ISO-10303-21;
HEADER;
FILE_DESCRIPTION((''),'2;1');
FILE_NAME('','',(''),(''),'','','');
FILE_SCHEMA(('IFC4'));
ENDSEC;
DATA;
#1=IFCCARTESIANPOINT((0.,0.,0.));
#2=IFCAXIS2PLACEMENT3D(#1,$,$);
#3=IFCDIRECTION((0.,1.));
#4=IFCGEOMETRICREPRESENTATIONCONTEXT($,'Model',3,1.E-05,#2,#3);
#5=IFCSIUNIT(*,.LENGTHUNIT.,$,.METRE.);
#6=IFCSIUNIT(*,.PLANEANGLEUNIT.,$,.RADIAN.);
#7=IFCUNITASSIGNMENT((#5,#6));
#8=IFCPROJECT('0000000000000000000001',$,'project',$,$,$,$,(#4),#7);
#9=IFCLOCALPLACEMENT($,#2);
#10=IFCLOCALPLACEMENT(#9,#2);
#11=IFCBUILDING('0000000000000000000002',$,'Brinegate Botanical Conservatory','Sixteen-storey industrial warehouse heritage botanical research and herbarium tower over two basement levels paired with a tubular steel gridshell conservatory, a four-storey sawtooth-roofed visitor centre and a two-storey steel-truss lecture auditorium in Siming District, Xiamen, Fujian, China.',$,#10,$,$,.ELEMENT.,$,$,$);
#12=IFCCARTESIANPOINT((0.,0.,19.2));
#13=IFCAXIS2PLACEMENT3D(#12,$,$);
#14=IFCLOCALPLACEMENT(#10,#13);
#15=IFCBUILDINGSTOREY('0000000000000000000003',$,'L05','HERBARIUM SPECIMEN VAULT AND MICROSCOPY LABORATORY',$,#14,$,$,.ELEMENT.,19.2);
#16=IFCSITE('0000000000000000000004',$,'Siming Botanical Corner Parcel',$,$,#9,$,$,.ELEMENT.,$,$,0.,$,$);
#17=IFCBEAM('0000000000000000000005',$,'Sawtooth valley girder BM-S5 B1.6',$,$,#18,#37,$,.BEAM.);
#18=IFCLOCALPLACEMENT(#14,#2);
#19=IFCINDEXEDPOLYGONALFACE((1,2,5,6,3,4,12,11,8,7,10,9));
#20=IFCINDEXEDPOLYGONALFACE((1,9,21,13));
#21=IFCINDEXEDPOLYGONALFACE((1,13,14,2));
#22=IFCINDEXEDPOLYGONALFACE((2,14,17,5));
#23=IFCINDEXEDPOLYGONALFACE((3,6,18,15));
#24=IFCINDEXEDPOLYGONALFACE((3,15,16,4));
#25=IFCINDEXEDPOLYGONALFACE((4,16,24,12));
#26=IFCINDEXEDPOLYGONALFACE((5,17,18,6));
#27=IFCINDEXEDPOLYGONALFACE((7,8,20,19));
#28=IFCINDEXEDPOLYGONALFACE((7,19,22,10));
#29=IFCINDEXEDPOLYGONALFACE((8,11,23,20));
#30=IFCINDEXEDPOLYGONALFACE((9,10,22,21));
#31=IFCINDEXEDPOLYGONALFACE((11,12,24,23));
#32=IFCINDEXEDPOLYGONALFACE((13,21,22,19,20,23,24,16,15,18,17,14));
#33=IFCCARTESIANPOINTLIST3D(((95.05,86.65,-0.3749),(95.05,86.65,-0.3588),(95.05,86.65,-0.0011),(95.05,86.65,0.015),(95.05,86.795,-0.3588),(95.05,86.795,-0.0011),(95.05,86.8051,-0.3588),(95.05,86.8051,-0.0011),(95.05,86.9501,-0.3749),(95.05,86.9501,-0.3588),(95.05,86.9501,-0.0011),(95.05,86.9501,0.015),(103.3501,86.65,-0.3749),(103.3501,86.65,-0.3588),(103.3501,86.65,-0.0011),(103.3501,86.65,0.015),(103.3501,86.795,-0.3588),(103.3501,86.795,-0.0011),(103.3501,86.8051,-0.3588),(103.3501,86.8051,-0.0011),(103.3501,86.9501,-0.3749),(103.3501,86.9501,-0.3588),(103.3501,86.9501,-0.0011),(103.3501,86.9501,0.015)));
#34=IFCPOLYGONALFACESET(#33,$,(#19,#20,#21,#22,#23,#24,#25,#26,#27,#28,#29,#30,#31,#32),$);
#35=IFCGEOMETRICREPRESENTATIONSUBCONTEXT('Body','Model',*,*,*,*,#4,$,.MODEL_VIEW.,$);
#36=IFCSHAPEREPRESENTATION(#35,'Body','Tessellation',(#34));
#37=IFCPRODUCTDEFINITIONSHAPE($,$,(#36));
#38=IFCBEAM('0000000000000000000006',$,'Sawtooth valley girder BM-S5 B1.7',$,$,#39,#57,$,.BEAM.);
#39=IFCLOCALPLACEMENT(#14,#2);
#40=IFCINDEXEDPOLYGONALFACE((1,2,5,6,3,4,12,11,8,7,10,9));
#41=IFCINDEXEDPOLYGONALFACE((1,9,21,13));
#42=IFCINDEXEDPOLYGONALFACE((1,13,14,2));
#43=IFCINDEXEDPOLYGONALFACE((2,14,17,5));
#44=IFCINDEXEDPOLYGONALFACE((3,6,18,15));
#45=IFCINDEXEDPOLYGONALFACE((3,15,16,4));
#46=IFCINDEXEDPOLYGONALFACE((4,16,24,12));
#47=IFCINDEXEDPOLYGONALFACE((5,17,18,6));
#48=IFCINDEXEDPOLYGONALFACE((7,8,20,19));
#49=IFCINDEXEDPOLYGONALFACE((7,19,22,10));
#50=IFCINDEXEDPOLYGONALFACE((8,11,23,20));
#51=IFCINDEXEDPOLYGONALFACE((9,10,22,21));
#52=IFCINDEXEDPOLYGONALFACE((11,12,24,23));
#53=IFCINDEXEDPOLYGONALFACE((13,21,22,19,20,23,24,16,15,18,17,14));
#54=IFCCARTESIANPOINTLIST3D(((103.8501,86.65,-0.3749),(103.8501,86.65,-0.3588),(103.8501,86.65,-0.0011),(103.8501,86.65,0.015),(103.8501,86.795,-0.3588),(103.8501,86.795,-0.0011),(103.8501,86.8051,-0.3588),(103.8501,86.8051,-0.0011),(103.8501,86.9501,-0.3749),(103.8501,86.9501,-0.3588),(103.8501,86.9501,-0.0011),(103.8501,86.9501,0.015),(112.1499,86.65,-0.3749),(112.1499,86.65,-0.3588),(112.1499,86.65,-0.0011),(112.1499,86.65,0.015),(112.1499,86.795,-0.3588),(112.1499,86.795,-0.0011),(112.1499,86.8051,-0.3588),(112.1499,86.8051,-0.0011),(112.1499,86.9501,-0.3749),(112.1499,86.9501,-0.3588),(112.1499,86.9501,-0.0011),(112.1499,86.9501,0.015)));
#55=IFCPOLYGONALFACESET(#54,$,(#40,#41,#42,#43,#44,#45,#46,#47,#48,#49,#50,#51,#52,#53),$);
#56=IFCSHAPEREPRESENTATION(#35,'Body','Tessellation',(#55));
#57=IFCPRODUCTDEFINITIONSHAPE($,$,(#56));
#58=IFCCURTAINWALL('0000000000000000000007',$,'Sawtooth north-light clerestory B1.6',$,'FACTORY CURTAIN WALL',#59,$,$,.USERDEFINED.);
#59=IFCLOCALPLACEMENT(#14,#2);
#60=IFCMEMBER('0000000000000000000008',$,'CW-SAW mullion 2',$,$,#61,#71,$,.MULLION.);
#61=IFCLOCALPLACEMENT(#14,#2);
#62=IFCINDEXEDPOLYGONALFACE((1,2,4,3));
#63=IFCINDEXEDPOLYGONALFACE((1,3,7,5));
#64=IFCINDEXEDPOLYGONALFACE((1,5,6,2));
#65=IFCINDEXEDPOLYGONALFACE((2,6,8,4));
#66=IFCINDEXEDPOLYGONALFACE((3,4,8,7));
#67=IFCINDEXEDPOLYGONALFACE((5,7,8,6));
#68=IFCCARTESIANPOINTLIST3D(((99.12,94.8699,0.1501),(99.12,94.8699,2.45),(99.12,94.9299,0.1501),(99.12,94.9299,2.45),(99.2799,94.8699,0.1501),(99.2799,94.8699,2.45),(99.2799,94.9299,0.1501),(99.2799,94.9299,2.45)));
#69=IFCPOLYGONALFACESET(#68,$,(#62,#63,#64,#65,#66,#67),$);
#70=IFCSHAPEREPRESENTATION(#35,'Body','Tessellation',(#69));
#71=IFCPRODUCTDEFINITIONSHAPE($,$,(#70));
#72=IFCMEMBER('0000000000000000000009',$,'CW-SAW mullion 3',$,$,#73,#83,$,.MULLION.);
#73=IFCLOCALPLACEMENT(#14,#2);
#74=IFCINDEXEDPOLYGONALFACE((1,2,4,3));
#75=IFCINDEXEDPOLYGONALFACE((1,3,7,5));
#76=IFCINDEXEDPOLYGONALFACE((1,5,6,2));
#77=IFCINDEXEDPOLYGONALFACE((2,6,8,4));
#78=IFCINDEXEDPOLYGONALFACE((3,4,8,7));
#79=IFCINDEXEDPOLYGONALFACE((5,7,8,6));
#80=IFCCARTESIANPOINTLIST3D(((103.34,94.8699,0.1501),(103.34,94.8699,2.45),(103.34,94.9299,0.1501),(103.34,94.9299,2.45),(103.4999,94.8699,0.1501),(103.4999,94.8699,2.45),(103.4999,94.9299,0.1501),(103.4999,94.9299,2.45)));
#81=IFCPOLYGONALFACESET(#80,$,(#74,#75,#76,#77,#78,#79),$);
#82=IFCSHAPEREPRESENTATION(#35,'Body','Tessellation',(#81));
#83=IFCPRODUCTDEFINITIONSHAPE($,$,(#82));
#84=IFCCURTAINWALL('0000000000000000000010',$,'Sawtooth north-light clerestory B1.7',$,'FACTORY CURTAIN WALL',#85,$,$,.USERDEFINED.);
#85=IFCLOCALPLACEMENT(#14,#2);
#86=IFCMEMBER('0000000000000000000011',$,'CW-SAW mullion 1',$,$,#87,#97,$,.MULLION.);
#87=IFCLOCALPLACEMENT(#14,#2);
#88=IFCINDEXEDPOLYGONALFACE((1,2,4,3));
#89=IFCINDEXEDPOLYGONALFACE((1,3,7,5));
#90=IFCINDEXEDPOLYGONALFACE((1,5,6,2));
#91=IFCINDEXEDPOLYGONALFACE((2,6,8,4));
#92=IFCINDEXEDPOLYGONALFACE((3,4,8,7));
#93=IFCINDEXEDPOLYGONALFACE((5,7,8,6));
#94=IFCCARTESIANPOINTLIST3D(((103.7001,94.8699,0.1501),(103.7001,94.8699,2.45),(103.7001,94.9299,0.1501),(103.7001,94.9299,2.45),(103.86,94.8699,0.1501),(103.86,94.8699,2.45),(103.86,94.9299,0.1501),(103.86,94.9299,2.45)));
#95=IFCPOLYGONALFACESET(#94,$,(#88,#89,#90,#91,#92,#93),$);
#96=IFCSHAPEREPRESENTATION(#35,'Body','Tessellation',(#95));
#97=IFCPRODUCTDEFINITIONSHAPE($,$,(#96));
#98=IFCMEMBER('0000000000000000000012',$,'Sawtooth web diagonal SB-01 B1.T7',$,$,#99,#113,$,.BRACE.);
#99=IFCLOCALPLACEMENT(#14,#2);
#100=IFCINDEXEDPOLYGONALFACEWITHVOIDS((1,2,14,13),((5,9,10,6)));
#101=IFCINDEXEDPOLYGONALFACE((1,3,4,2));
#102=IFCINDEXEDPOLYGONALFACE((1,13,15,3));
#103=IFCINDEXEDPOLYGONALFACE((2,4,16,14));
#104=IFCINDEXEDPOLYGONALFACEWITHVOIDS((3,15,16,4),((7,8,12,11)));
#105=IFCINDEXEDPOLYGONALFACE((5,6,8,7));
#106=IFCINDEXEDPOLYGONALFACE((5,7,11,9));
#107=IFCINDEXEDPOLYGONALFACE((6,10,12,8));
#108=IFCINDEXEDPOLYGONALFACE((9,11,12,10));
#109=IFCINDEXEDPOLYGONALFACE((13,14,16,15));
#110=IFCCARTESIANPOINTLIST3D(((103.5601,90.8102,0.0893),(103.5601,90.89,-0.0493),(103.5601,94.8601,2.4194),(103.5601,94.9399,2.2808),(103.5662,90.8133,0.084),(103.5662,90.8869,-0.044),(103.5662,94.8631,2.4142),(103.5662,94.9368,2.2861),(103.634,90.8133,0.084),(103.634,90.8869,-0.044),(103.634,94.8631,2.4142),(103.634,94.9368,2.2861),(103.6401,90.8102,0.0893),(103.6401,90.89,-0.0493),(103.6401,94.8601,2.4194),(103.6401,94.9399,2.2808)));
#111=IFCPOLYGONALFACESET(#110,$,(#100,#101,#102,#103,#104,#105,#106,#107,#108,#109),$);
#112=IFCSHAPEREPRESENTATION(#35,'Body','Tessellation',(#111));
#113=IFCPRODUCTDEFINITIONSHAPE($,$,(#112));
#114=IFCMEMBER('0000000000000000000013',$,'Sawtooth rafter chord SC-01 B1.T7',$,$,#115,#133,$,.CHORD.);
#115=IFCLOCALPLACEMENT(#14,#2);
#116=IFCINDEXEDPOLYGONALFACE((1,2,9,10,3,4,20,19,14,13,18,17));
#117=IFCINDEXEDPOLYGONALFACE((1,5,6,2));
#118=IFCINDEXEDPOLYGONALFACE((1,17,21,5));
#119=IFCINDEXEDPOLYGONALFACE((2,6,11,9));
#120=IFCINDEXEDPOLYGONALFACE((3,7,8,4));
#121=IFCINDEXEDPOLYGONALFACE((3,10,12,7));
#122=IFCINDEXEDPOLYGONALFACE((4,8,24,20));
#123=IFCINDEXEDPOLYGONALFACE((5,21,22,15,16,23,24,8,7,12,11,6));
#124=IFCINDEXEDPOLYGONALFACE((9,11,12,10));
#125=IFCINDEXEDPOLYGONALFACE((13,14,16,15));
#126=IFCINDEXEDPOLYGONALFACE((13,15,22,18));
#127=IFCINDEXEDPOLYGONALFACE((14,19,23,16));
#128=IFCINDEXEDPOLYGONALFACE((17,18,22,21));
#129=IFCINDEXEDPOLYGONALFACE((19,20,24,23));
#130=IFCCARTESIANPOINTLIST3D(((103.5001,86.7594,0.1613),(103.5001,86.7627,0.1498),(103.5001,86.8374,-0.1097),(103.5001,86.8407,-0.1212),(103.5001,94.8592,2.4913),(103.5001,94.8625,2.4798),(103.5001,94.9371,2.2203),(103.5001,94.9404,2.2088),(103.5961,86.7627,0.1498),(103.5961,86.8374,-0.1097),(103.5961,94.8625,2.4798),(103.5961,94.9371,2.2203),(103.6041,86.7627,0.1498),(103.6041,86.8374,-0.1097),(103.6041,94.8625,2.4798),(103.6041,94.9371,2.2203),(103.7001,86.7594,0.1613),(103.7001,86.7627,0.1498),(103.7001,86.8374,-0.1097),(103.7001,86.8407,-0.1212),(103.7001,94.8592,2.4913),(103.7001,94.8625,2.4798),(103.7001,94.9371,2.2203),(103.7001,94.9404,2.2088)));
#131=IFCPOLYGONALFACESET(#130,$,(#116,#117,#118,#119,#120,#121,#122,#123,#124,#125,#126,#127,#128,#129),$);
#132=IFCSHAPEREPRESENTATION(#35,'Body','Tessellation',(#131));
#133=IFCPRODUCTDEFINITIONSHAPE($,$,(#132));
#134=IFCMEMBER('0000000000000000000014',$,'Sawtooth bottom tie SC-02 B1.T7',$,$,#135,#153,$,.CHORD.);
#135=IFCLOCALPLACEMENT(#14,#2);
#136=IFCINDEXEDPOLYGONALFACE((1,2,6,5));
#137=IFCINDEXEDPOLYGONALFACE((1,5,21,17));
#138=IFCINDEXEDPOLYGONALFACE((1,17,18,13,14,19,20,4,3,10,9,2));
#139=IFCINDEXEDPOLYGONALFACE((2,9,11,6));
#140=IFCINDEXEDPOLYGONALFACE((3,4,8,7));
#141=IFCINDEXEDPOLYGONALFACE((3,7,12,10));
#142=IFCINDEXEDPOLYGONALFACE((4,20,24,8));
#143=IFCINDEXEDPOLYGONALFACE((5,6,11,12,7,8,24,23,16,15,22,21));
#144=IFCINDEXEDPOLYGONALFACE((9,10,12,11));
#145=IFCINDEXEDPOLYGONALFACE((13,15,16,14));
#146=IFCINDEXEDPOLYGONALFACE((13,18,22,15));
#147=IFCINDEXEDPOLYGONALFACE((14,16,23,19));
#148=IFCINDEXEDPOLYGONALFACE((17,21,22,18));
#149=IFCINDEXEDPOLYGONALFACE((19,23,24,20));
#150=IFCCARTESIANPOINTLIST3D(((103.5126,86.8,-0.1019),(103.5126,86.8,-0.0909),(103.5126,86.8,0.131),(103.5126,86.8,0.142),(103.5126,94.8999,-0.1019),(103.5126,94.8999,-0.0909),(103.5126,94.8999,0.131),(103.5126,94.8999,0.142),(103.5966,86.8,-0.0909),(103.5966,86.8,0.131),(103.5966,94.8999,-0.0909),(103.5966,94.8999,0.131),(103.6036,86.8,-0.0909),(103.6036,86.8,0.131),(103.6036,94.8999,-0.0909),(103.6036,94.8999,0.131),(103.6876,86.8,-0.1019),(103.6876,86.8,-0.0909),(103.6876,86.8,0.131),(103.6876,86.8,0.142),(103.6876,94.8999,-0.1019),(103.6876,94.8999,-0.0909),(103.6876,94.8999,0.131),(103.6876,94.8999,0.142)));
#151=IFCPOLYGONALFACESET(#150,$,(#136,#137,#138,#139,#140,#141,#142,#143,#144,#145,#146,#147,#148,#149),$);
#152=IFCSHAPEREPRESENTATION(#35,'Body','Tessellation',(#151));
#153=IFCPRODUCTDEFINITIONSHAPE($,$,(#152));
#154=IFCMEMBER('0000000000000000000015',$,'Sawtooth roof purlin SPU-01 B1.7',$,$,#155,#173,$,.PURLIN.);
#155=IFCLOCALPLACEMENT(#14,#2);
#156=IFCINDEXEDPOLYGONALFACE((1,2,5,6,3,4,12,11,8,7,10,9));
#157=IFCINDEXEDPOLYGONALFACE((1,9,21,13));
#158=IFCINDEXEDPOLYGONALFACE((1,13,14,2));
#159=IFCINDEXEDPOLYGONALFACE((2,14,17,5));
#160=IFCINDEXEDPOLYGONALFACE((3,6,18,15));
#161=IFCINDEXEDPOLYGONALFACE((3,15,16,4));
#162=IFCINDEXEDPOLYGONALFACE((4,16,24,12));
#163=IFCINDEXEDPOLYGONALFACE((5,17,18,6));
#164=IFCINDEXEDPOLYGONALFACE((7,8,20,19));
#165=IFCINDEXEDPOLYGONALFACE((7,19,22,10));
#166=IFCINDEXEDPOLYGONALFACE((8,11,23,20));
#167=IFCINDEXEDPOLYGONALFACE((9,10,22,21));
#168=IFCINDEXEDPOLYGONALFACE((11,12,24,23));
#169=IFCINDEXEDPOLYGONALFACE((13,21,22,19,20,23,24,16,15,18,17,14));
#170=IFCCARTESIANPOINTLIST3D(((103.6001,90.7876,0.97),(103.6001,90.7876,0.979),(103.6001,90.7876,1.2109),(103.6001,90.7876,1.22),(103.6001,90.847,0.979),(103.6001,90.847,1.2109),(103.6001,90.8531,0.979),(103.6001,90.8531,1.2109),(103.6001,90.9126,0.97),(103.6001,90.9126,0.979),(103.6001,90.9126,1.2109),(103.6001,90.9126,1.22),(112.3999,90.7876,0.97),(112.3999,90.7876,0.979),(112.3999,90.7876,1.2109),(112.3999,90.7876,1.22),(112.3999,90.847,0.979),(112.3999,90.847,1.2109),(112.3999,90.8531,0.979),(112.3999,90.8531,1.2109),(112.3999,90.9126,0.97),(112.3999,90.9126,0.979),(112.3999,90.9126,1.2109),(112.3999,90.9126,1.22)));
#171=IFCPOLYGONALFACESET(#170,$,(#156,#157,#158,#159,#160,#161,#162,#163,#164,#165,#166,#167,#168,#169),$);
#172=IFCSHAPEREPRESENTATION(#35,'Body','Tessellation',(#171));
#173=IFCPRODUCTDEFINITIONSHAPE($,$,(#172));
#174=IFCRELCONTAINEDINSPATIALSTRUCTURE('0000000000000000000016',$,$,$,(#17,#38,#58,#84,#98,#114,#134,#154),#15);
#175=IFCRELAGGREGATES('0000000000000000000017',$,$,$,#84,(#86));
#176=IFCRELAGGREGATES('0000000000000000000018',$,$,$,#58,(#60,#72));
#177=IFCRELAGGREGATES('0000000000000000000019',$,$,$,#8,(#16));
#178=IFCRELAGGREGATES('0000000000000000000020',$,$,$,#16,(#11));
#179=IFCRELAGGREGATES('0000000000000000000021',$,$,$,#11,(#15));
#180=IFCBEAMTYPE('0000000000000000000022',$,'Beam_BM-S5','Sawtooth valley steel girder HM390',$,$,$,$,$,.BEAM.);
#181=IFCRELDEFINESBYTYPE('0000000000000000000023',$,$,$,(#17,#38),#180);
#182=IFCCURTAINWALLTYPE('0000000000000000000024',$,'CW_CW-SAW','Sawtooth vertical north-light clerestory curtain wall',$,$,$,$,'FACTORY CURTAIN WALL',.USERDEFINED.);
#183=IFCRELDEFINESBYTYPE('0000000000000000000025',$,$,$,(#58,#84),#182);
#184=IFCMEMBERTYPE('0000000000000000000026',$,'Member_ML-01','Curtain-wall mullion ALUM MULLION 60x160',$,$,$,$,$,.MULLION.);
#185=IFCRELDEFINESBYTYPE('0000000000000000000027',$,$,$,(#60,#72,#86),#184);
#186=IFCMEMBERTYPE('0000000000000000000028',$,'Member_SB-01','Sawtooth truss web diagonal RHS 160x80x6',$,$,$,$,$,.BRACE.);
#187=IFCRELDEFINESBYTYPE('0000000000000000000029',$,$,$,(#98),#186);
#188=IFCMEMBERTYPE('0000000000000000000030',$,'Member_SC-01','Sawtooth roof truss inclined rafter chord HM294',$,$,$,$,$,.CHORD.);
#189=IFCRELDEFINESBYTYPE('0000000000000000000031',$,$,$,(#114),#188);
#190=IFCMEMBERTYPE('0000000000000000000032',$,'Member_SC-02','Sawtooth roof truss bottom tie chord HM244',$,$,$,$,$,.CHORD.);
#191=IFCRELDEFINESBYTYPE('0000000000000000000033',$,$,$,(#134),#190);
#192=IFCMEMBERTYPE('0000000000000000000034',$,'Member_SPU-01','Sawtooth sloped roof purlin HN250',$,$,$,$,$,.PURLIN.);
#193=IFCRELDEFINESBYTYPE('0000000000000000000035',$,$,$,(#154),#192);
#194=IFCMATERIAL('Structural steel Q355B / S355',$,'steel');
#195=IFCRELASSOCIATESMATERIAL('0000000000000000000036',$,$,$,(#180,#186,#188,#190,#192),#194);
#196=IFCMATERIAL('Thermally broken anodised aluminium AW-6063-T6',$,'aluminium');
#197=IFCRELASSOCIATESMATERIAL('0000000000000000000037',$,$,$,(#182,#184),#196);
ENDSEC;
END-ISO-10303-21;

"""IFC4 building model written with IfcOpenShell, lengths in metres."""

from ifc_helpers import new_model, si_unit, direction, frame, origin, origin_2d, place, context, subcontext, project, spatial, rectangle, hollow_rectangle, i_section, extrude, material, material_profile, profile_set, type_object, element, aggregate, save


model = new_model("IFC4")

# Units and contexts
model_context = context("Model", 3, precision=1e-05, world=origin(), true_north=direction((0.0, 1.0)))
body_context = subcontext(model_context, "Body", "Model", "MODEL_VIEW")
ifc_project = project(units=[si_unit("LENGTHUNIT", "METRE"), si_unit("PLANEANGLEUNIT", "RADIAN")], contexts=[model_context])

# Site, building, storey
site_placement = place(None, origin())
site = spatial("IfcSite", under=ifc_project, at=site_placement, Name="Siming Botanical Corner Parcel", CompositionType="ELEMENT", RefElevation=0.0)
building_placement = place(site_placement, origin())
building = spatial("IfcBuilding", under=site, at=building_placement, Name="Brinegate Botanical Conservatory", Description="Sixteen-storey industrial warehouse heritage botanical research and herbarium tower over two basement levels paired with a tubular steel gridshell conservatory, a four-storey sawtooth-roofed visitor centre and a two-storey steel-truss lecture auditorium in Siming District, Xiamen, Fujian, China.", CompositionType="ELEMENT")
storey_placement = place(building_placement, frame((0.0, 0.0, 19.2)))
storey = spatial("IfcBuildingStorey", under=building, at=storey_placement, Name="L05", Description="HERBARIUM SPECIMEN VAULT AND MICROSCOPY LABORATORY", CompositionType="ELEMENT", Elevation=19.2)

# Beams
ifc_material_1 = material(Name="Structural steel Q355B / S355", Category="steel")
ifc_material_profile_1 = material_profile(ifc_material_1, i_section(OverallWidth=0.3, OverallDepth=0.3899, WebThickness=0.01, FlangeThickness=0.0161, at=origin_2d()), Name="HM 390x300x10x16")
ifc_profile_set_1 = profile_set([ifc_material_profile_1], Name="Structural steel Q355B / S355")
beam_type = type_object("IfcBeamType", Name="Beam_BM-S5", Description="Sawtooth valley steel girder HM390", PredefinedType="BEAM", material=ifc_profile_set_1)
beam_1_placement = place(storey_placement, frame((95.05, 86.8, -0.1799), z_axis=(1.0, 0.0, 0.0), x_axis=(0.0, 1.0, 0.0)))
element("IfcBeam", 1, at=beam_1_placement, inside=storey, type_object=beam_type, Name="Sawtooth valley girder BM-S5 B1.6", PredefinedType="BEAM", context=body_context, shape_type="SweptSolid", body=[
    extrude(i_section(OverallWidth=0.3, OverallDepth=0.3899, WebThickness=0.01, FlangeThickness=0.0161, at=origin_2d()), origin(), (0.0, 0.0, 1.0), 8.3),
])
beam_2_placement = place(storey_placement, frame((103.8501, 86.8, -0.1799), z_axis=(1.0, 0.0, 0.0), x_axis=(0.0, 1.0, 0.0)))
element("IfcBeam", 2, at=beam_2_placement, inside=storey, type_object=beam_type, Name="Sawtooth valley girder BM-S5 B1.7", PredefinedType="BEAM", context=body_context, shape_type="SweptSolid", body=[
    extrude(i_section(OverallWidth=0.3, OverallDepth=0.3899, WebThickness=0.01, FlangeThickness=0.0161, at=origin_2d()), origin(), (0.0, 0.0, 1.0), 8.2998),
])

# Curtain wall, members
ifc_material_2 = material(Name="Thermally broken anodised aluminium AW-6063-T6", Category="aluminium")
curtain_wall_type = type_object("IfcCurtainWallType", Name="CW_CW-SAW", Description="Sawtooth vertical north-light clerestory curtain wall", ElementType="FACTORY CURTAIN WALL", PredefinedType="USERDEFINED", material=ifc_material_2)
curtain_wall_1_placement = place(storey_placement, origin())
curtain_wall_1 = element("IfcCurtainWall", 3, at=curtain_wall_1_placement, inside=storey, type_object=curtain_wall_type, Name="Sawtooth north-light clerestory B1.6", ObjectType="FACTORY CURTAIN WALL", PredefinedType="USERDEFINED")
ifc_material_profile_2 = material_profile(ifc_material_2, rectangle(XDim=0.0601, YDim=0.1599, at=origin_2d()), Name="ALUM MULLION 60x160")
ifc_profile_set_2 = profile_set([ifc_material_profile_2], Name="Thermally broken anodised aluminium AW-6063-T6")
member_type_1 = type_object("IfcMemberType", Name="Member_ML-01", Description="Curtain-wall mullion ALUM MULLION 60x160", PredefinedType="MULLION", material=ifc_profile_set_2)
member_1_placement = place(storey_placement, frame((99.2, 94.8999, 0.1501), z_axis=(0.0, 0.0, 1.0), x_axis=(0.0, 1.0, 0.0)))
member_1 = element("IfcMember", 4, at=member_1_placement, type_object=member_type_1, Name="CW-SAW mullion 2", PredefinedType="MULLION", context=body_context, shape_type="SweptSolid", body=[
    extrude(rectangle(XDim=0.0601, YDim=0.1599, at=origin_2d()), origin(), (0.0, 0.0, 1.0), 2.2998),
])
member_2_placement = place(storey_placement, frame((103.4199, 94.8999, 0.1501), z_axis=(0.0, 0.0, 1.0), x_axis=(0.0, 1.0, 0.0)))
member_2 = element("IfcMember", 5, at=member_2_placement, type_object=member_type_1, Name="CW-SAW mullion 3", PredefinedType="MULLION", context=body_context, shape_type="SweptSolid", body=[
    extrude(rectangle(XDim=0.0601, YDim=0.1599, at=origin_2d()), origin(), (0.0, 0.0, 1.0), 2.2998),
])

# Curtain wall, member
curtain_wall_2_placement = place(storey_placement, origin())
curtain_wall_2 = element("IfcCurtainWall", 6, at=curtain_wall_2_placement, inside=storey, type_object=curtain_wall_type, Name="Sawtooth north-light clerestory B1.7", ObjectType="FACTORY CURTAIN WALL", PredefinedType="USERDEFINED")
member_3_placement = place(storey_placement, frame((103.78, 94.8999, 0.1501), z_axis=(0.0, 0.0, 1.0), x_axis=(0.0, 1.0, 0.0)))
member_3 = element("IfcMember", 7, at=member_3_placement, type_object=member_type_1, Name="CW-SAW mullion 1", PredefinedType="MULLION", context=body_context, shape_type="SweptSolid", body=[
    extrude(rectangle(XDim=0.0601, YDim=0.1599, at=origin_2d()), origin(), (0.0, 0.0, 1.0), 2.2998),
])
aggregate(curtain_wall_2, [member_3])

# Members
ifc_material_profile_3 = material_profile(ifc_material_1, hollow_rectangle(XDim=0.0801, YDim=0.1599, WallThickness=0.0061, at=origin_2d()), Name="RHS 160x80x6")
ifc_profile_set_3 = profile_set([ifc_material_profile_3], Name="Structural steel Q355B / S355")
member_type_2 = type_object("IfcMemberType", Name="Member_SB-01", Description="Sawtooth truss web diagonal RHS 160x80x6", PredefinedType="BRACE", material=ifc_profile_set_3)
member_4_placement = place(storey_placement, frame((103.6001, 90.8501, 0.02), z_axis=(0.0, 0.866773, 0.498703), x_axis=(-1.0, 0.0, 0.0)))
element("IfcMember", 8, at=member_4_placement, inside=storey, type_object=member_type_2, Name="Sawtooth web diagonal SB-01 B1.T7", PredefinedType="BRACE", context=body_context, shape_type="SweptSolid", body=[
    extrude(hollow_rectangle(XDim=0.0801, YDim=0.1599, WallThickness=0.0061, at=origin_2d()), origin(), (0.0, 0.0, 1.0), 4.6724),
])
ifc_material_profile_4 = material_profile(ifc_material_1, i_section(OverallWidth=0.2, OverallDepth=0.2939, WebThickness=0.0081, FlangeThickness=0.012, at=origin_2d()), Name="HM 294x200x8x12")
ifc_profile_set_4 = profile_set([ifc_material_profile_4], Name="Structural steel Q355B / S355")
member_type_3 = type_object("IfcMemberType", Name="Member_SC-01", Description="Sawtooth roof truss inclined rafter chord HM294", PredefinedType="CHORD", material=ifc_profile_set_4)
member_5_placement = place(storey_placement, frame((103.6001, 86.8, 0.02), z_axis=(0.0, 0.961026, 0.276458), x_axis=(-1.0, 0.0, 0.0)))
element("IfcMember", 9, at=member_5_placement, inside=storey, type_object=member_type_3, Name="Sawtooth rafter chord SC-01 B1.T7", PredefinedType="CHORD", context=body_context, shape_type="SweptSolid", body=[
    extrude(i_section(OverallWidth=0.2, OverallDepth=0.2939, WebThickness=0.0081, FlangeThickness=0.012, at=origin_2d()), origin(), (0.0, 0.0, 1.0), 8.4282),
])
ifc_material_profile_5 = material_profile(ifc_material_1, i_section(OverallWidth=0.175, OverallDepth=0.2439, WebThickness=0.0071, FlangeThickness=0.011, at=origin_2d()), Name="HM 244x175x7x11")
ifc_profile_set_5 = profile_set([ifc_material_profile_5], Name="Structural steel Q355B / S355")
member_type_4 = type_object("IfcMemberType", Name="Member_SC-02", Description="Sawtooth roof truss bottom tie chord HM244", PredefinedType="CHORD", material=ifc_profile_set_5)
member_6_placement = place(storey_placement, frame((103.6001, 86.8, 0.02), z_axis=(0.0, 1.0, 0.0), x_axis=(-1.0, 0.0, 0.0)))
element("IfcMember", 10, at=member_6_placement, inside=storey, type_object=member_type_4, Name="Sawtooth bottom tie SC-02 B1.T7", PredefinedType="CHORD", context=body_context, shape_type="SweptSolid", body=[
    extrude(i_section(OverallWidth=0.175, OverallDepth=0.2439, WebThickness=0.0071, FlangeThickness=0.011, at=origin_2d()), origin(), (0.0, 0.0, 1.0), 8.0999),
])
ifc_material_profile_6 = material_profile(ifc_material_1, i_section(OverallWidth=0.125, OverallDepth=0.25, WebThickness=0.0061, FlangeThickness=0.009, at=origin_2d()), Name="HN 250x125x6x9")
ifc_profile_set_6 = profile_set([ifc_material_profile_6], Name="Structural steel Q355B / S355")
member_type_5 = type_object("IfcMemberType", Name="Member_SPU-01", Description="Sawtooth sloped roof purlin HN250", PredefinedType="PURLIN", material=ifc_profile_set_6)
member_7_placement = place(storey_placement, frame((103.6001, 90.8501, 1.095), z_axis=(1.0, 0.0, 0.0), x_axis=(0.0, 1.0, 0.0)))
element("IfcMember", 11, at=member_7_placement, inside=storey, type_object=member_type_5, Name="Sawtooth roof purlin SPU-01 B1.7", PredefinedType="PURLIN", context=body_context, shape_type="SweptSolid", body=[
    extrude(i_section(OverallWidth=0.125, OverallDepth=0.25, WebThickness=0.0061, FlangeThickness=0.009, at=origin_2d()), origin(), (0.0, 0.0, 1.0), 8.7998),
])

aggregate(curtain_wall_1, [member_1, member_2])

save(model, "model.ifc")
